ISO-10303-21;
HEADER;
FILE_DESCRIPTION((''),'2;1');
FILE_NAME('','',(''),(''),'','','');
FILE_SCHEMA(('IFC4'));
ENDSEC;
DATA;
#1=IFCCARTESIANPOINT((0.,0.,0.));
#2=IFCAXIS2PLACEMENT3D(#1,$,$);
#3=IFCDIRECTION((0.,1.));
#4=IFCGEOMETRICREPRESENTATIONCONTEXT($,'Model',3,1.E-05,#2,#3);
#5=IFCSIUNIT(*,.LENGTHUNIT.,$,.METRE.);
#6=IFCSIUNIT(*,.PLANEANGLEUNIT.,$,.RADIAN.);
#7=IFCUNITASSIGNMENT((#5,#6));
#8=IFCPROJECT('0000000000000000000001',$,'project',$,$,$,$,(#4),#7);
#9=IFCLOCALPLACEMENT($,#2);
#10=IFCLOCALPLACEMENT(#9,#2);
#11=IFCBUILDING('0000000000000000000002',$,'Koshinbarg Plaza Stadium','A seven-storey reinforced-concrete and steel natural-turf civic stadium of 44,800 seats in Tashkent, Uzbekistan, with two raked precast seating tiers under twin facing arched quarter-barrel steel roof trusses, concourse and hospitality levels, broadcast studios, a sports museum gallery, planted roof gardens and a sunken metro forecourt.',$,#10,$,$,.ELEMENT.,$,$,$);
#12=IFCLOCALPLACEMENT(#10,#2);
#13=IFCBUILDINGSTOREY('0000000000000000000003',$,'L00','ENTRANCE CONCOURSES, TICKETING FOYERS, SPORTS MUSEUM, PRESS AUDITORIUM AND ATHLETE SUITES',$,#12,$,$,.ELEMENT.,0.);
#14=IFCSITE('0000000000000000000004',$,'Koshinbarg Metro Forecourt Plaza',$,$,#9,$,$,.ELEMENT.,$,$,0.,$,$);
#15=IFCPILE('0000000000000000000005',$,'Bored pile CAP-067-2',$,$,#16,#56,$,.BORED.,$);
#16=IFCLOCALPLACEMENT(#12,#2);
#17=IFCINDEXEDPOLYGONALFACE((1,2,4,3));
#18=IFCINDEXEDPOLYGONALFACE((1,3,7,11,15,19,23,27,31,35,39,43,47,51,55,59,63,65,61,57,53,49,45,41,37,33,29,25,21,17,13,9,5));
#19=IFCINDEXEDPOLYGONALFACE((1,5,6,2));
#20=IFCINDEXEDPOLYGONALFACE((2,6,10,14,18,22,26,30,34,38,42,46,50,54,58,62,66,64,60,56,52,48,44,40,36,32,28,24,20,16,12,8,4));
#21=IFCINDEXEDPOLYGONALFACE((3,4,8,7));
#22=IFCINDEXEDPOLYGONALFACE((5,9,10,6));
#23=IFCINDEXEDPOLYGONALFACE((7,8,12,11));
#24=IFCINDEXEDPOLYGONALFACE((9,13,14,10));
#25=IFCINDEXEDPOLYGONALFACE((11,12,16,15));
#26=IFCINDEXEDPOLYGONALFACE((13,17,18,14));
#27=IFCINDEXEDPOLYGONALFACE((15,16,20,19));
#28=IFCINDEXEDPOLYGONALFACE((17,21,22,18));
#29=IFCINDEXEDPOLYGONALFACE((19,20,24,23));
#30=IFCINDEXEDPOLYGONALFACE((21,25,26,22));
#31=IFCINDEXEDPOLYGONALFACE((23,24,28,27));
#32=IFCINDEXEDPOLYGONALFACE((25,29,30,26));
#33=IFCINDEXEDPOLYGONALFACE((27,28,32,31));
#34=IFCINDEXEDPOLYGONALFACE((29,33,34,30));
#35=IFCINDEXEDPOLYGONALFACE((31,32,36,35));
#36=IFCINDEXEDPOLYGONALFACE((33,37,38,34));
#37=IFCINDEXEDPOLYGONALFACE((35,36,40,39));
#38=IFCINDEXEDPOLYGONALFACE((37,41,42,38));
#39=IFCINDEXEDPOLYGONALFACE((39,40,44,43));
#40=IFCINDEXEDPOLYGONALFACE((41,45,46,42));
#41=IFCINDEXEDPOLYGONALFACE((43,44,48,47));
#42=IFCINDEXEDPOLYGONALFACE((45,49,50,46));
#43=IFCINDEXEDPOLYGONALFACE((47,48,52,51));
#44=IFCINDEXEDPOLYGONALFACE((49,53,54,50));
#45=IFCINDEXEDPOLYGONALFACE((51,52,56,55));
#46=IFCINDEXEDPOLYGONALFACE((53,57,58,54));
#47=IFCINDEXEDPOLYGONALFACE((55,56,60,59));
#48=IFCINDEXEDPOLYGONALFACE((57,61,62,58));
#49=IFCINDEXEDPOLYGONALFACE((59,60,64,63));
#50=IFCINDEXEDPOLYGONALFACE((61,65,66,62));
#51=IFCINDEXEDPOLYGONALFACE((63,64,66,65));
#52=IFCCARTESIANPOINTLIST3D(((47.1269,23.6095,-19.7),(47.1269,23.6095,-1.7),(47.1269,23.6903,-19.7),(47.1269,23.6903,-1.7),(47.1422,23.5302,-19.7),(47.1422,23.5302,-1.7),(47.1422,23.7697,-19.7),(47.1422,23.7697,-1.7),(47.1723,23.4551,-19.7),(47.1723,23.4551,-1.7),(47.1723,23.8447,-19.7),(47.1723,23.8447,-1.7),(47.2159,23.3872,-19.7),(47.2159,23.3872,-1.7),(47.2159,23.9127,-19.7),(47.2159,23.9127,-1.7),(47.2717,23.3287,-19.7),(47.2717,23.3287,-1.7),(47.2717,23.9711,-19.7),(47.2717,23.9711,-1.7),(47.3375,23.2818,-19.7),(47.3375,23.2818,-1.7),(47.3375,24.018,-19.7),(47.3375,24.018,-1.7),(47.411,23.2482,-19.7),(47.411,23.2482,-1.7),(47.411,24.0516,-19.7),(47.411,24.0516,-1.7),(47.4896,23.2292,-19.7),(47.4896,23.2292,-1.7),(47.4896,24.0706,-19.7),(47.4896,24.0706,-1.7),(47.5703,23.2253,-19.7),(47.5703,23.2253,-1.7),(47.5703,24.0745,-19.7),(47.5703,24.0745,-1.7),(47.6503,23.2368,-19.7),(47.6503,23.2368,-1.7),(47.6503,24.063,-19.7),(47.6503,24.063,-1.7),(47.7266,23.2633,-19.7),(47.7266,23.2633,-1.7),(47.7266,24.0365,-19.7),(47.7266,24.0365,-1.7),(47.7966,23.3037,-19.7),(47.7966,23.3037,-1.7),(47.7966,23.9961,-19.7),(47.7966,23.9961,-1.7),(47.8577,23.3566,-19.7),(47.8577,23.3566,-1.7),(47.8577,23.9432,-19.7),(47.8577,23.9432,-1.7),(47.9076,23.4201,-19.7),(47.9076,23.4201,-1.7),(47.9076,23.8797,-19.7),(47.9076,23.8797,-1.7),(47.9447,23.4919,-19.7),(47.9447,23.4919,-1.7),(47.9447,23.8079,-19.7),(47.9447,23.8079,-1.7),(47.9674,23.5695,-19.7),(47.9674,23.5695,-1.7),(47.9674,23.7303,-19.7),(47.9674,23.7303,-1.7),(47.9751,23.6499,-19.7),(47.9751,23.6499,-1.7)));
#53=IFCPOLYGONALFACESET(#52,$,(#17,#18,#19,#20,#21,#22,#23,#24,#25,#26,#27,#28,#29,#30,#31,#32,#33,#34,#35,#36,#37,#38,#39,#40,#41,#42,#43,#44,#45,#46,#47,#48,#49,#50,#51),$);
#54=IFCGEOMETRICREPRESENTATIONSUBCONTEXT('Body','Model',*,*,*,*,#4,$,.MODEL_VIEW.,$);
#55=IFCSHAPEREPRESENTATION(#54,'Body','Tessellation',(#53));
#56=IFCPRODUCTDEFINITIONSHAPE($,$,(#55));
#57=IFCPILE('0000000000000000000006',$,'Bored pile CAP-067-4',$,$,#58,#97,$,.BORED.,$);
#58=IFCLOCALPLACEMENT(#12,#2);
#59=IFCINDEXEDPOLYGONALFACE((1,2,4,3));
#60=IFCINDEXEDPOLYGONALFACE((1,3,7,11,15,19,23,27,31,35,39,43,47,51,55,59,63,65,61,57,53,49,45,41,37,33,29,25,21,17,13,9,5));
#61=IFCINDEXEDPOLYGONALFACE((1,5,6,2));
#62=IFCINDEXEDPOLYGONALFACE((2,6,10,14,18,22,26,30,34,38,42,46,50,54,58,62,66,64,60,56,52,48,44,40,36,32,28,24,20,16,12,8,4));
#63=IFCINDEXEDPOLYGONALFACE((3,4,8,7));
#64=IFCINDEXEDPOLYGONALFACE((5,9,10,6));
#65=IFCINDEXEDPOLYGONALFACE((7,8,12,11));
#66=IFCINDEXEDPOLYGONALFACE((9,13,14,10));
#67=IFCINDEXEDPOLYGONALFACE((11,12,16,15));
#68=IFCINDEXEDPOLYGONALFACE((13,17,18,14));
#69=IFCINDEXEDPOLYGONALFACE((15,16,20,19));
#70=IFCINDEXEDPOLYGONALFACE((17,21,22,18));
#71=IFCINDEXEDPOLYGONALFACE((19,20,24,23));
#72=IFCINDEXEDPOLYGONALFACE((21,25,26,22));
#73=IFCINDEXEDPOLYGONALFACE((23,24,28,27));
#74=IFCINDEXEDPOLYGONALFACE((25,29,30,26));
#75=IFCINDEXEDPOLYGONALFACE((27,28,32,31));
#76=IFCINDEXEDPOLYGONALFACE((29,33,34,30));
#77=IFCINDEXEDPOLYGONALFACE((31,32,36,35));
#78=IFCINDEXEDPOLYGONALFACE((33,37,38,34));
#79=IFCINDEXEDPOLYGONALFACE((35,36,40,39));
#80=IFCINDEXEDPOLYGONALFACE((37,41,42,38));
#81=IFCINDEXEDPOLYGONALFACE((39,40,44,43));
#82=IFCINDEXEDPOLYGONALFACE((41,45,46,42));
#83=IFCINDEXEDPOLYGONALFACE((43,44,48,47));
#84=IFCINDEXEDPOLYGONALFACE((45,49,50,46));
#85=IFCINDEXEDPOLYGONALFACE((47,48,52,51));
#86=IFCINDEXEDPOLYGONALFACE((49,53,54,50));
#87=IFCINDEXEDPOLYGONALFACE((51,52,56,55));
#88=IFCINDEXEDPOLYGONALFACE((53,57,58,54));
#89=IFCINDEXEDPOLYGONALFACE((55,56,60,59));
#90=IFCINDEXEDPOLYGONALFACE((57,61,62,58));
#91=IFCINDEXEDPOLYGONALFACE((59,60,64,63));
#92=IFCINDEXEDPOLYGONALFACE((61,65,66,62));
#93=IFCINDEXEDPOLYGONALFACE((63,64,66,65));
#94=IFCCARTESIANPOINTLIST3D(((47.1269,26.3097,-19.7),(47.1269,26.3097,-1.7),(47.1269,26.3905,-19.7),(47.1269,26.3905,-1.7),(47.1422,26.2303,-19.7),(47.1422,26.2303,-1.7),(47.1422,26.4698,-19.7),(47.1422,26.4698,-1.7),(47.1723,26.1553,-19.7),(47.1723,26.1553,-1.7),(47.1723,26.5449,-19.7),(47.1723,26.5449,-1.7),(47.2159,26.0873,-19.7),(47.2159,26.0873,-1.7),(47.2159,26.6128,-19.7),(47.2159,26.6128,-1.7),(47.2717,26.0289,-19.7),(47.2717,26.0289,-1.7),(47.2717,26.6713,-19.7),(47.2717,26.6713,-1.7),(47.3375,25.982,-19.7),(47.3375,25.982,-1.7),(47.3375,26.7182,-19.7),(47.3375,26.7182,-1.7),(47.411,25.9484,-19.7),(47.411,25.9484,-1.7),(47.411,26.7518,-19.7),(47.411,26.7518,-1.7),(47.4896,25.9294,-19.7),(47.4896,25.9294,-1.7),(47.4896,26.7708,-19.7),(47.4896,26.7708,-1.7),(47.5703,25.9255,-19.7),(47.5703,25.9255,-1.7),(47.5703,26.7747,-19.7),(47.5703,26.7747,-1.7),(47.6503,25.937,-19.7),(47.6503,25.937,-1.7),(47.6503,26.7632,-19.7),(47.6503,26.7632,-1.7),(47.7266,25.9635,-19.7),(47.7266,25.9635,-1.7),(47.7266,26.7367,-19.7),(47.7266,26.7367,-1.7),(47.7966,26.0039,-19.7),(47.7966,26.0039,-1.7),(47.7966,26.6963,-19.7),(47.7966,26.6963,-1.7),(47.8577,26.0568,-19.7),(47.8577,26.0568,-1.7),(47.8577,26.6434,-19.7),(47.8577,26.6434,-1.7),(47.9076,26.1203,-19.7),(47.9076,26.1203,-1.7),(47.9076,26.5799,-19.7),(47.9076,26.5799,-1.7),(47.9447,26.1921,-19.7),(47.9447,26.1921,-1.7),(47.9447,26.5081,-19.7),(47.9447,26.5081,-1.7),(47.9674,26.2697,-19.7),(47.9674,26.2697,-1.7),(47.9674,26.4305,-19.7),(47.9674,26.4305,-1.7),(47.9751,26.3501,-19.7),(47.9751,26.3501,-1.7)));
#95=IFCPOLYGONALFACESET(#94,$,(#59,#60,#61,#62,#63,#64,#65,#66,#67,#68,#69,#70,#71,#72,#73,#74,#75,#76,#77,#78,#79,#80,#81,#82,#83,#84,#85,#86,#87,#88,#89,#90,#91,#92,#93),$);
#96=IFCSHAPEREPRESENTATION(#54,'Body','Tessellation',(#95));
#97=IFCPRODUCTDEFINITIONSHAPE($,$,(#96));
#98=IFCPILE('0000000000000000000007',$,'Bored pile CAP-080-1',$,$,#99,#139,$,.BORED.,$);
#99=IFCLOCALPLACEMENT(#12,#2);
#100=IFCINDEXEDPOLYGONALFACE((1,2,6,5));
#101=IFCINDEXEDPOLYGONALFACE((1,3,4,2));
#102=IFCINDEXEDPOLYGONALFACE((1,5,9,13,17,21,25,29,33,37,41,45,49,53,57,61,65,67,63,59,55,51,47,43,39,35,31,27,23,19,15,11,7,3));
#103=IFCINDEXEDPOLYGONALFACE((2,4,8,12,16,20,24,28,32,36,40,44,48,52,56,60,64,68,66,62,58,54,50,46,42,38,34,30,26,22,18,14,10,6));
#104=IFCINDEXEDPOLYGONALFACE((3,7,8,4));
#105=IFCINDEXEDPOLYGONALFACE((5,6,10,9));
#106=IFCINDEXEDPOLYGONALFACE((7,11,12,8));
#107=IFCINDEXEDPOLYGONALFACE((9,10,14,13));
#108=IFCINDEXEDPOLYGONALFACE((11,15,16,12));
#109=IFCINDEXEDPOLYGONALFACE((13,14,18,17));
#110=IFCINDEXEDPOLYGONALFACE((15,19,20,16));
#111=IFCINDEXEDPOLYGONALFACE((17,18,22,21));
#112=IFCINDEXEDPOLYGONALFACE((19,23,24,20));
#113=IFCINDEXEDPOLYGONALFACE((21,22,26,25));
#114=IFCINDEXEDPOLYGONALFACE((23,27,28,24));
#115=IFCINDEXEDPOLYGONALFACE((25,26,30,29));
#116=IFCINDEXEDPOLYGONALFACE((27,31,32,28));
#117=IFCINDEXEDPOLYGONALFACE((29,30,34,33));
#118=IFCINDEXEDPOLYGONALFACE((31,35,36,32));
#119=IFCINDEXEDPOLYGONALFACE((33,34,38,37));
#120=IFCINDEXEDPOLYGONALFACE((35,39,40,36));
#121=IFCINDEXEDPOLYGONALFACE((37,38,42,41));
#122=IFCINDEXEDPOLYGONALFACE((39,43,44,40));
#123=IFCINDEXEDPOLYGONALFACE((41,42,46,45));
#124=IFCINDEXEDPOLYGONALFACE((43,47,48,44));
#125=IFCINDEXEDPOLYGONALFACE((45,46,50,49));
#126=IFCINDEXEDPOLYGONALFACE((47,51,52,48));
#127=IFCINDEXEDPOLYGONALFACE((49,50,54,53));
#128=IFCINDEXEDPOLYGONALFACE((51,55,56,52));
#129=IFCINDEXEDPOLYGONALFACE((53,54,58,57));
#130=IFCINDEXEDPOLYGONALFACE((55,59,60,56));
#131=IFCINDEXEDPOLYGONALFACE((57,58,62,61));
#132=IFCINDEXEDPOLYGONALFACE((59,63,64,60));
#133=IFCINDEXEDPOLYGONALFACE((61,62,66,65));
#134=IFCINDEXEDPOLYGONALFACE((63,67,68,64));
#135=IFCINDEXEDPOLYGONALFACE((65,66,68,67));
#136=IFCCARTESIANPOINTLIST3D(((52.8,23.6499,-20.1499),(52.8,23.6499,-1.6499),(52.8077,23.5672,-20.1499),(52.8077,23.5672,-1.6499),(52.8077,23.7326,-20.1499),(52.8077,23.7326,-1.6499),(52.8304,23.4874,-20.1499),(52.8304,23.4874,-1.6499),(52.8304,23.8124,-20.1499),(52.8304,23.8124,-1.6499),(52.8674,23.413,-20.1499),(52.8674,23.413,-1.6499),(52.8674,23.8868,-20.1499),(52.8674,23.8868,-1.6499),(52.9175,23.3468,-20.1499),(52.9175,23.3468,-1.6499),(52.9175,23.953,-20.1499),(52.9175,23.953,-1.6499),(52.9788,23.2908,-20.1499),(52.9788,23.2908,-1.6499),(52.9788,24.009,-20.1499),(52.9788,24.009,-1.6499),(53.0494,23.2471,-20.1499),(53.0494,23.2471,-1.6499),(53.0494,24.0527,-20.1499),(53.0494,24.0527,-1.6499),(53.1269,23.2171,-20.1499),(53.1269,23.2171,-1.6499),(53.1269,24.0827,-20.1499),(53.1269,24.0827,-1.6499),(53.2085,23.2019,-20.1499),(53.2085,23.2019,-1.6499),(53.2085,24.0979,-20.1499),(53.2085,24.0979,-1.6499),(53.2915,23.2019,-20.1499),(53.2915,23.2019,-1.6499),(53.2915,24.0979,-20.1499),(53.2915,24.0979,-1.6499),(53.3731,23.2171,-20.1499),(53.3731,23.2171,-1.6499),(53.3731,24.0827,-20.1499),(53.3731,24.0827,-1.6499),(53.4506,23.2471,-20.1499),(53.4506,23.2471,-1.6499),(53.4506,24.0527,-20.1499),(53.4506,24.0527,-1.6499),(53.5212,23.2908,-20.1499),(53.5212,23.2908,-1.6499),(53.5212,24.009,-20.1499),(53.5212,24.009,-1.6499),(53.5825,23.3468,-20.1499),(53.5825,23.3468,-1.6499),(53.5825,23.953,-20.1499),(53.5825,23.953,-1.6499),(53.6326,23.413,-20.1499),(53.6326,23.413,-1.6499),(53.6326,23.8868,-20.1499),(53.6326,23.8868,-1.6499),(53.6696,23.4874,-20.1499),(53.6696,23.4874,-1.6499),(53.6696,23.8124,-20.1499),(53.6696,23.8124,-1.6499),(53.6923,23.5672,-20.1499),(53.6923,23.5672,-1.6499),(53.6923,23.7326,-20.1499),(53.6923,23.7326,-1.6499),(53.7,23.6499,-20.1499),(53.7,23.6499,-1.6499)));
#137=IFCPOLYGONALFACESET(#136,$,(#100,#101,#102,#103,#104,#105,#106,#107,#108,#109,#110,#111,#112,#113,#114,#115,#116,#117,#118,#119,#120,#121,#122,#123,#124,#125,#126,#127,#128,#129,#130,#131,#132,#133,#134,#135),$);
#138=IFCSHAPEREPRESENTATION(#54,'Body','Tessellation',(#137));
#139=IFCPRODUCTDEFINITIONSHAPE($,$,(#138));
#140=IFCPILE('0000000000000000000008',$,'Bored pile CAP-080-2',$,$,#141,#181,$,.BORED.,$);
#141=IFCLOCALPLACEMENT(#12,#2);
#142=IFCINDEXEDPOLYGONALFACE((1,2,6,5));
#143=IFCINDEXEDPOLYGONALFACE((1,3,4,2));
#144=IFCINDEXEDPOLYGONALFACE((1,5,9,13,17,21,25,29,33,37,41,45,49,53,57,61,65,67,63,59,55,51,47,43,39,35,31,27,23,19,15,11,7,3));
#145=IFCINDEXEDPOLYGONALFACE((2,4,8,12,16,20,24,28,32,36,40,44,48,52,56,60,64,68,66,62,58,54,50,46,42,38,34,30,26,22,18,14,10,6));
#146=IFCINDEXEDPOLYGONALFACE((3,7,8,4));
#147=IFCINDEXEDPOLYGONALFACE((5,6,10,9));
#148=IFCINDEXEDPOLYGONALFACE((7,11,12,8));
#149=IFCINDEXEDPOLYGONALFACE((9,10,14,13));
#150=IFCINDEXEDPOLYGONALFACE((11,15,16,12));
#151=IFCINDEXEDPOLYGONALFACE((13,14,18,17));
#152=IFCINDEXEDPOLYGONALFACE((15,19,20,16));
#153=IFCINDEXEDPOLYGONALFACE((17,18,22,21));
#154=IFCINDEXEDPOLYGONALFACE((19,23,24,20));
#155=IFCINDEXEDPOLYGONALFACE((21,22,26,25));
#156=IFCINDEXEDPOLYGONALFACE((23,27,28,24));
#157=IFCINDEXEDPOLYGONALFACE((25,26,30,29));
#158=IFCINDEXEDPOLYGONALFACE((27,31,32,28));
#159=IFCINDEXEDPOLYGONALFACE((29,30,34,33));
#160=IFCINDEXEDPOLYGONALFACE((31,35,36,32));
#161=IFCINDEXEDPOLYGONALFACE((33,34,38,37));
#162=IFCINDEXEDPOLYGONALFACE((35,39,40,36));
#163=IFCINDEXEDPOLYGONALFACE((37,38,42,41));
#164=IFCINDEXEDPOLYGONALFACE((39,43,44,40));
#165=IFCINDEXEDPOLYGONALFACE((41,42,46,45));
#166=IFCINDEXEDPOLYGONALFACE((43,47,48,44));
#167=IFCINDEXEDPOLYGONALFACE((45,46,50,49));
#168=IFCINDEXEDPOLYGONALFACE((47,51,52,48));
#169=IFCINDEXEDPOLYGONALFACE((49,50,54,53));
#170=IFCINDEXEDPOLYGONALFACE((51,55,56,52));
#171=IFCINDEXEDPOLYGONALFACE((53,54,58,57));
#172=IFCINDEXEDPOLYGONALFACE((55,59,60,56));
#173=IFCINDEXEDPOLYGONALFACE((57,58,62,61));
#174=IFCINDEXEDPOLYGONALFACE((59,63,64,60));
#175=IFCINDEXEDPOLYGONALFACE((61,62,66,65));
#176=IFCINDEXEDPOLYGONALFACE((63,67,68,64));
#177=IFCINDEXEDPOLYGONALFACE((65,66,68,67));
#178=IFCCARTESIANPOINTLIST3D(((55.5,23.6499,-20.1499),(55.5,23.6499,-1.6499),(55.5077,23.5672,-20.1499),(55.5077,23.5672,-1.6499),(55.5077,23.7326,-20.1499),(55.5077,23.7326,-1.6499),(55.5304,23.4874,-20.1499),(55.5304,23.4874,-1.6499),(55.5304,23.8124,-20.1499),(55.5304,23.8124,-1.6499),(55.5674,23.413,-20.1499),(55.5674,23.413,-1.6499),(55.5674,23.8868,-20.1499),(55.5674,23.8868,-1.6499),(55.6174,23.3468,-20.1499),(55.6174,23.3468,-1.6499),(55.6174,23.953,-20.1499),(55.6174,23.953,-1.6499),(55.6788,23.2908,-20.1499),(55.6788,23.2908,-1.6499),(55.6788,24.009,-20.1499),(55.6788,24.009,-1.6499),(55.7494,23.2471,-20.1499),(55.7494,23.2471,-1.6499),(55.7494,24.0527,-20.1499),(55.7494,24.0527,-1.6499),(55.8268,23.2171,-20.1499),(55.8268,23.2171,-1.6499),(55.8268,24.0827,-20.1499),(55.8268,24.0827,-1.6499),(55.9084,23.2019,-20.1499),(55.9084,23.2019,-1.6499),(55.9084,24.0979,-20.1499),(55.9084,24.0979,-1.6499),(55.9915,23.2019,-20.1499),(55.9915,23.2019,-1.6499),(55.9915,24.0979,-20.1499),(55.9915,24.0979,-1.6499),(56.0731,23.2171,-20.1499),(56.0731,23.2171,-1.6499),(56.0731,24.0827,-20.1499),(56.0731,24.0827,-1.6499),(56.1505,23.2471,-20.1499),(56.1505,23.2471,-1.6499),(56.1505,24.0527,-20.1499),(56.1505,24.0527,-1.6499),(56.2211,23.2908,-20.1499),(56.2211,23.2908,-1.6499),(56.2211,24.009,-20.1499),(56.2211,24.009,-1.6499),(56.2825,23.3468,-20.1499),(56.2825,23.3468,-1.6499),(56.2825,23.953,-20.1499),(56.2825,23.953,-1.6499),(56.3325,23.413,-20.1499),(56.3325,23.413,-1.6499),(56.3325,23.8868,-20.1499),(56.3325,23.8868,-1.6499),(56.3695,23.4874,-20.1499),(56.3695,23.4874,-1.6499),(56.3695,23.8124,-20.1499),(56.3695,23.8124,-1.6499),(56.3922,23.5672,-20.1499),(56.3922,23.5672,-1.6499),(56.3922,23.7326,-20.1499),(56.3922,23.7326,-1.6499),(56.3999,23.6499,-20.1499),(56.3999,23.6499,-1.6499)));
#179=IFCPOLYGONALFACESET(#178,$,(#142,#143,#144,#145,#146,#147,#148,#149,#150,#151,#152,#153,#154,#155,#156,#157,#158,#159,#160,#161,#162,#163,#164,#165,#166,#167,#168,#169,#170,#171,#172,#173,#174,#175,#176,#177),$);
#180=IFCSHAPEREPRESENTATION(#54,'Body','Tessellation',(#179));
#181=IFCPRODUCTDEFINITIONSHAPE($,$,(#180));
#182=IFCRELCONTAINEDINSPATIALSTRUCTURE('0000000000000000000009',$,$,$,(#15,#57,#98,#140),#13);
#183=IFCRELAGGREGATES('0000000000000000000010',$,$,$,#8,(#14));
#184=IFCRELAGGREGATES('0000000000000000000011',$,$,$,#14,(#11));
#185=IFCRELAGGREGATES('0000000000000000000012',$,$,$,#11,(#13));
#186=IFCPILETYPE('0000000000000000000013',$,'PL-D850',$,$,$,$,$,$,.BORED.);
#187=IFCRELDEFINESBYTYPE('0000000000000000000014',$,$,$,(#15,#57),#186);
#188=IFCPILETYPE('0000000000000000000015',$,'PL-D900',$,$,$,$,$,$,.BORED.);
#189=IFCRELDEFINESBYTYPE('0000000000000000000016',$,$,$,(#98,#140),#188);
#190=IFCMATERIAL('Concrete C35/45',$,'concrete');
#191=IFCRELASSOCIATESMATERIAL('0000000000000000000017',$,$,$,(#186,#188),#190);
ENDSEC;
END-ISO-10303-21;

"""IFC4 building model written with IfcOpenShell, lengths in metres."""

from ifc_helpers import new_model, si_unit, direction, frame, origin, origin_2d, place, context, subcontext, project, spatial, circle, extrude, material, material_profile, profile_set, type_object, element, save


model = new_model("IFC4")

# Units and contexts
model_context = context("Model", 3, precision=1e-05, world=origin(), true_north=direction((0.0, 1.0)))
body_context = subcontext(model_context, "Body", "Model", "MODEL_VIEW")
ifc_project = project(units=[si_unit("LENGTHUNIT", "METRE"), si_unit("PLANEANGLEUNIT", "RADIAN")], contexts=[model_context])

# Site, building, storey
site_placement = place(None, origin())
site = spatial("IfcSite", under=ifc_project, at=site_placement, Name="Koshinbarg Metro Forecourt Plaza", CompositionType="ELEMENT", RefElevation=0.0)
building_placement = place(site_placement, origin())
building = spatial("IfcBuilding", under=site, at=building_placement, Name="Koshinbarg Plaza Stadium", Description="A seven-storey reinforced-concrete and steel natural-turf civic stadium of 44,800 seats in Tashkent, Uzbekistan, with two raked precast seating tiers under twin facing arched quarter-barrel steel roof trusses, concourse and hospitality levels, broadcast studios, a sports museum gallery, planted roof gardens and a sunken metro forecourt.", CompositionType="ELEMENT")
storey_placement = place(building_placement, origin())
storey = spatial("IfcBuildingStorey", under=building, at=storey_placement, Name="L00", Description="ENTRANCE CONCOURSES, TICKETING FOYERS, SPORTS MUSEUM, PRESS AUDITORIUM AND ATHLETE SUITES", CompositionType="ELEMENT", Elevation=0.0)

# Shared definitions
ifc_material_1 = material(Name="Concrete C35/45", Category="concrete")

# Piles
ifc_material_profile_1 = material_profile(ifc_material_1, circle(Radius=0.425, at=origin_2d()), Name="PILE D850")
ifc_profile_set_1 = profile_set([ifc_material_profile_1], Name="Concrete C35/45")
pile_type_1 = type_object("IfcPileType", Name="PL-D850", PredefinedType="BORED", material=ifc_profile_set_1)
for number, where, z_axis, x_axis, name in (
    (1, (47.55, 23.6499, -1.7), (0.0, 0.0, -1.0), (1.0, 0.0, 0.0), "Bored pile CAP-067-2"),
    (2, (47.55, 26.3501, -1.7), (0.0, 0.0, -1.0), (1.0, 0.0, 0.0), "Bored pile CAP-067-4"),
):
    element("IfcPile", number, at=place(storey_placement, frame(where, z_axis=z_axis, x_axis=x_axis)), inside=storey, type_object=pile_type_1, Name=name, PredefinedType="BORED", context=body_context, shape_type="SweptSolid", body=[
        extrude(circle(Radius=0.425, at=origin_2d()), origin(), (0.0, 0.0, 1.0), 18.0),
    ])
ifc_material_profile_2 = material_profile(ifc_material_1, circle(Radius=0.45, at=origin_2d()), Name="PILE D900")
ifc_profile_set_2 = profile_set([ifc_material_profile_2], Name="Concrete C35/45")
pile_type_2 = type_object("IfcPileType", Name="PL-D900", PredefinedType="BORED", material=ifc_profile_set_2)
for number, where, z_axis, x_axis, name in (
    (3, (53.25, 23.6499, -1.6499), (0.0, 0.0, -1.0), (1.0, 0.0, 0.0), "Bored pile CAP-080-1"),
    (4, (55.95, 23.6499, -1.6499), (0.0, 0.0, -1.0), (1.0, 0.0, 0.0), "Bored pile CAP-080-2"),
):
    element("IfcPile", number, at=place(storey_placement, frame(where, z_axis=z_axis, x_axis=x_axis)), inside=storey, type_object=pile_type_2, Name=name, PredefinedType="BORED", context=body_context, shape_type="SweptSolid", body=[
        extrude(circle(Radius=0.45, at=origin_2d()), origin(), (0.0, 0.0, 1.0), 18.5),
    ])

save(model, "model.ifc")
